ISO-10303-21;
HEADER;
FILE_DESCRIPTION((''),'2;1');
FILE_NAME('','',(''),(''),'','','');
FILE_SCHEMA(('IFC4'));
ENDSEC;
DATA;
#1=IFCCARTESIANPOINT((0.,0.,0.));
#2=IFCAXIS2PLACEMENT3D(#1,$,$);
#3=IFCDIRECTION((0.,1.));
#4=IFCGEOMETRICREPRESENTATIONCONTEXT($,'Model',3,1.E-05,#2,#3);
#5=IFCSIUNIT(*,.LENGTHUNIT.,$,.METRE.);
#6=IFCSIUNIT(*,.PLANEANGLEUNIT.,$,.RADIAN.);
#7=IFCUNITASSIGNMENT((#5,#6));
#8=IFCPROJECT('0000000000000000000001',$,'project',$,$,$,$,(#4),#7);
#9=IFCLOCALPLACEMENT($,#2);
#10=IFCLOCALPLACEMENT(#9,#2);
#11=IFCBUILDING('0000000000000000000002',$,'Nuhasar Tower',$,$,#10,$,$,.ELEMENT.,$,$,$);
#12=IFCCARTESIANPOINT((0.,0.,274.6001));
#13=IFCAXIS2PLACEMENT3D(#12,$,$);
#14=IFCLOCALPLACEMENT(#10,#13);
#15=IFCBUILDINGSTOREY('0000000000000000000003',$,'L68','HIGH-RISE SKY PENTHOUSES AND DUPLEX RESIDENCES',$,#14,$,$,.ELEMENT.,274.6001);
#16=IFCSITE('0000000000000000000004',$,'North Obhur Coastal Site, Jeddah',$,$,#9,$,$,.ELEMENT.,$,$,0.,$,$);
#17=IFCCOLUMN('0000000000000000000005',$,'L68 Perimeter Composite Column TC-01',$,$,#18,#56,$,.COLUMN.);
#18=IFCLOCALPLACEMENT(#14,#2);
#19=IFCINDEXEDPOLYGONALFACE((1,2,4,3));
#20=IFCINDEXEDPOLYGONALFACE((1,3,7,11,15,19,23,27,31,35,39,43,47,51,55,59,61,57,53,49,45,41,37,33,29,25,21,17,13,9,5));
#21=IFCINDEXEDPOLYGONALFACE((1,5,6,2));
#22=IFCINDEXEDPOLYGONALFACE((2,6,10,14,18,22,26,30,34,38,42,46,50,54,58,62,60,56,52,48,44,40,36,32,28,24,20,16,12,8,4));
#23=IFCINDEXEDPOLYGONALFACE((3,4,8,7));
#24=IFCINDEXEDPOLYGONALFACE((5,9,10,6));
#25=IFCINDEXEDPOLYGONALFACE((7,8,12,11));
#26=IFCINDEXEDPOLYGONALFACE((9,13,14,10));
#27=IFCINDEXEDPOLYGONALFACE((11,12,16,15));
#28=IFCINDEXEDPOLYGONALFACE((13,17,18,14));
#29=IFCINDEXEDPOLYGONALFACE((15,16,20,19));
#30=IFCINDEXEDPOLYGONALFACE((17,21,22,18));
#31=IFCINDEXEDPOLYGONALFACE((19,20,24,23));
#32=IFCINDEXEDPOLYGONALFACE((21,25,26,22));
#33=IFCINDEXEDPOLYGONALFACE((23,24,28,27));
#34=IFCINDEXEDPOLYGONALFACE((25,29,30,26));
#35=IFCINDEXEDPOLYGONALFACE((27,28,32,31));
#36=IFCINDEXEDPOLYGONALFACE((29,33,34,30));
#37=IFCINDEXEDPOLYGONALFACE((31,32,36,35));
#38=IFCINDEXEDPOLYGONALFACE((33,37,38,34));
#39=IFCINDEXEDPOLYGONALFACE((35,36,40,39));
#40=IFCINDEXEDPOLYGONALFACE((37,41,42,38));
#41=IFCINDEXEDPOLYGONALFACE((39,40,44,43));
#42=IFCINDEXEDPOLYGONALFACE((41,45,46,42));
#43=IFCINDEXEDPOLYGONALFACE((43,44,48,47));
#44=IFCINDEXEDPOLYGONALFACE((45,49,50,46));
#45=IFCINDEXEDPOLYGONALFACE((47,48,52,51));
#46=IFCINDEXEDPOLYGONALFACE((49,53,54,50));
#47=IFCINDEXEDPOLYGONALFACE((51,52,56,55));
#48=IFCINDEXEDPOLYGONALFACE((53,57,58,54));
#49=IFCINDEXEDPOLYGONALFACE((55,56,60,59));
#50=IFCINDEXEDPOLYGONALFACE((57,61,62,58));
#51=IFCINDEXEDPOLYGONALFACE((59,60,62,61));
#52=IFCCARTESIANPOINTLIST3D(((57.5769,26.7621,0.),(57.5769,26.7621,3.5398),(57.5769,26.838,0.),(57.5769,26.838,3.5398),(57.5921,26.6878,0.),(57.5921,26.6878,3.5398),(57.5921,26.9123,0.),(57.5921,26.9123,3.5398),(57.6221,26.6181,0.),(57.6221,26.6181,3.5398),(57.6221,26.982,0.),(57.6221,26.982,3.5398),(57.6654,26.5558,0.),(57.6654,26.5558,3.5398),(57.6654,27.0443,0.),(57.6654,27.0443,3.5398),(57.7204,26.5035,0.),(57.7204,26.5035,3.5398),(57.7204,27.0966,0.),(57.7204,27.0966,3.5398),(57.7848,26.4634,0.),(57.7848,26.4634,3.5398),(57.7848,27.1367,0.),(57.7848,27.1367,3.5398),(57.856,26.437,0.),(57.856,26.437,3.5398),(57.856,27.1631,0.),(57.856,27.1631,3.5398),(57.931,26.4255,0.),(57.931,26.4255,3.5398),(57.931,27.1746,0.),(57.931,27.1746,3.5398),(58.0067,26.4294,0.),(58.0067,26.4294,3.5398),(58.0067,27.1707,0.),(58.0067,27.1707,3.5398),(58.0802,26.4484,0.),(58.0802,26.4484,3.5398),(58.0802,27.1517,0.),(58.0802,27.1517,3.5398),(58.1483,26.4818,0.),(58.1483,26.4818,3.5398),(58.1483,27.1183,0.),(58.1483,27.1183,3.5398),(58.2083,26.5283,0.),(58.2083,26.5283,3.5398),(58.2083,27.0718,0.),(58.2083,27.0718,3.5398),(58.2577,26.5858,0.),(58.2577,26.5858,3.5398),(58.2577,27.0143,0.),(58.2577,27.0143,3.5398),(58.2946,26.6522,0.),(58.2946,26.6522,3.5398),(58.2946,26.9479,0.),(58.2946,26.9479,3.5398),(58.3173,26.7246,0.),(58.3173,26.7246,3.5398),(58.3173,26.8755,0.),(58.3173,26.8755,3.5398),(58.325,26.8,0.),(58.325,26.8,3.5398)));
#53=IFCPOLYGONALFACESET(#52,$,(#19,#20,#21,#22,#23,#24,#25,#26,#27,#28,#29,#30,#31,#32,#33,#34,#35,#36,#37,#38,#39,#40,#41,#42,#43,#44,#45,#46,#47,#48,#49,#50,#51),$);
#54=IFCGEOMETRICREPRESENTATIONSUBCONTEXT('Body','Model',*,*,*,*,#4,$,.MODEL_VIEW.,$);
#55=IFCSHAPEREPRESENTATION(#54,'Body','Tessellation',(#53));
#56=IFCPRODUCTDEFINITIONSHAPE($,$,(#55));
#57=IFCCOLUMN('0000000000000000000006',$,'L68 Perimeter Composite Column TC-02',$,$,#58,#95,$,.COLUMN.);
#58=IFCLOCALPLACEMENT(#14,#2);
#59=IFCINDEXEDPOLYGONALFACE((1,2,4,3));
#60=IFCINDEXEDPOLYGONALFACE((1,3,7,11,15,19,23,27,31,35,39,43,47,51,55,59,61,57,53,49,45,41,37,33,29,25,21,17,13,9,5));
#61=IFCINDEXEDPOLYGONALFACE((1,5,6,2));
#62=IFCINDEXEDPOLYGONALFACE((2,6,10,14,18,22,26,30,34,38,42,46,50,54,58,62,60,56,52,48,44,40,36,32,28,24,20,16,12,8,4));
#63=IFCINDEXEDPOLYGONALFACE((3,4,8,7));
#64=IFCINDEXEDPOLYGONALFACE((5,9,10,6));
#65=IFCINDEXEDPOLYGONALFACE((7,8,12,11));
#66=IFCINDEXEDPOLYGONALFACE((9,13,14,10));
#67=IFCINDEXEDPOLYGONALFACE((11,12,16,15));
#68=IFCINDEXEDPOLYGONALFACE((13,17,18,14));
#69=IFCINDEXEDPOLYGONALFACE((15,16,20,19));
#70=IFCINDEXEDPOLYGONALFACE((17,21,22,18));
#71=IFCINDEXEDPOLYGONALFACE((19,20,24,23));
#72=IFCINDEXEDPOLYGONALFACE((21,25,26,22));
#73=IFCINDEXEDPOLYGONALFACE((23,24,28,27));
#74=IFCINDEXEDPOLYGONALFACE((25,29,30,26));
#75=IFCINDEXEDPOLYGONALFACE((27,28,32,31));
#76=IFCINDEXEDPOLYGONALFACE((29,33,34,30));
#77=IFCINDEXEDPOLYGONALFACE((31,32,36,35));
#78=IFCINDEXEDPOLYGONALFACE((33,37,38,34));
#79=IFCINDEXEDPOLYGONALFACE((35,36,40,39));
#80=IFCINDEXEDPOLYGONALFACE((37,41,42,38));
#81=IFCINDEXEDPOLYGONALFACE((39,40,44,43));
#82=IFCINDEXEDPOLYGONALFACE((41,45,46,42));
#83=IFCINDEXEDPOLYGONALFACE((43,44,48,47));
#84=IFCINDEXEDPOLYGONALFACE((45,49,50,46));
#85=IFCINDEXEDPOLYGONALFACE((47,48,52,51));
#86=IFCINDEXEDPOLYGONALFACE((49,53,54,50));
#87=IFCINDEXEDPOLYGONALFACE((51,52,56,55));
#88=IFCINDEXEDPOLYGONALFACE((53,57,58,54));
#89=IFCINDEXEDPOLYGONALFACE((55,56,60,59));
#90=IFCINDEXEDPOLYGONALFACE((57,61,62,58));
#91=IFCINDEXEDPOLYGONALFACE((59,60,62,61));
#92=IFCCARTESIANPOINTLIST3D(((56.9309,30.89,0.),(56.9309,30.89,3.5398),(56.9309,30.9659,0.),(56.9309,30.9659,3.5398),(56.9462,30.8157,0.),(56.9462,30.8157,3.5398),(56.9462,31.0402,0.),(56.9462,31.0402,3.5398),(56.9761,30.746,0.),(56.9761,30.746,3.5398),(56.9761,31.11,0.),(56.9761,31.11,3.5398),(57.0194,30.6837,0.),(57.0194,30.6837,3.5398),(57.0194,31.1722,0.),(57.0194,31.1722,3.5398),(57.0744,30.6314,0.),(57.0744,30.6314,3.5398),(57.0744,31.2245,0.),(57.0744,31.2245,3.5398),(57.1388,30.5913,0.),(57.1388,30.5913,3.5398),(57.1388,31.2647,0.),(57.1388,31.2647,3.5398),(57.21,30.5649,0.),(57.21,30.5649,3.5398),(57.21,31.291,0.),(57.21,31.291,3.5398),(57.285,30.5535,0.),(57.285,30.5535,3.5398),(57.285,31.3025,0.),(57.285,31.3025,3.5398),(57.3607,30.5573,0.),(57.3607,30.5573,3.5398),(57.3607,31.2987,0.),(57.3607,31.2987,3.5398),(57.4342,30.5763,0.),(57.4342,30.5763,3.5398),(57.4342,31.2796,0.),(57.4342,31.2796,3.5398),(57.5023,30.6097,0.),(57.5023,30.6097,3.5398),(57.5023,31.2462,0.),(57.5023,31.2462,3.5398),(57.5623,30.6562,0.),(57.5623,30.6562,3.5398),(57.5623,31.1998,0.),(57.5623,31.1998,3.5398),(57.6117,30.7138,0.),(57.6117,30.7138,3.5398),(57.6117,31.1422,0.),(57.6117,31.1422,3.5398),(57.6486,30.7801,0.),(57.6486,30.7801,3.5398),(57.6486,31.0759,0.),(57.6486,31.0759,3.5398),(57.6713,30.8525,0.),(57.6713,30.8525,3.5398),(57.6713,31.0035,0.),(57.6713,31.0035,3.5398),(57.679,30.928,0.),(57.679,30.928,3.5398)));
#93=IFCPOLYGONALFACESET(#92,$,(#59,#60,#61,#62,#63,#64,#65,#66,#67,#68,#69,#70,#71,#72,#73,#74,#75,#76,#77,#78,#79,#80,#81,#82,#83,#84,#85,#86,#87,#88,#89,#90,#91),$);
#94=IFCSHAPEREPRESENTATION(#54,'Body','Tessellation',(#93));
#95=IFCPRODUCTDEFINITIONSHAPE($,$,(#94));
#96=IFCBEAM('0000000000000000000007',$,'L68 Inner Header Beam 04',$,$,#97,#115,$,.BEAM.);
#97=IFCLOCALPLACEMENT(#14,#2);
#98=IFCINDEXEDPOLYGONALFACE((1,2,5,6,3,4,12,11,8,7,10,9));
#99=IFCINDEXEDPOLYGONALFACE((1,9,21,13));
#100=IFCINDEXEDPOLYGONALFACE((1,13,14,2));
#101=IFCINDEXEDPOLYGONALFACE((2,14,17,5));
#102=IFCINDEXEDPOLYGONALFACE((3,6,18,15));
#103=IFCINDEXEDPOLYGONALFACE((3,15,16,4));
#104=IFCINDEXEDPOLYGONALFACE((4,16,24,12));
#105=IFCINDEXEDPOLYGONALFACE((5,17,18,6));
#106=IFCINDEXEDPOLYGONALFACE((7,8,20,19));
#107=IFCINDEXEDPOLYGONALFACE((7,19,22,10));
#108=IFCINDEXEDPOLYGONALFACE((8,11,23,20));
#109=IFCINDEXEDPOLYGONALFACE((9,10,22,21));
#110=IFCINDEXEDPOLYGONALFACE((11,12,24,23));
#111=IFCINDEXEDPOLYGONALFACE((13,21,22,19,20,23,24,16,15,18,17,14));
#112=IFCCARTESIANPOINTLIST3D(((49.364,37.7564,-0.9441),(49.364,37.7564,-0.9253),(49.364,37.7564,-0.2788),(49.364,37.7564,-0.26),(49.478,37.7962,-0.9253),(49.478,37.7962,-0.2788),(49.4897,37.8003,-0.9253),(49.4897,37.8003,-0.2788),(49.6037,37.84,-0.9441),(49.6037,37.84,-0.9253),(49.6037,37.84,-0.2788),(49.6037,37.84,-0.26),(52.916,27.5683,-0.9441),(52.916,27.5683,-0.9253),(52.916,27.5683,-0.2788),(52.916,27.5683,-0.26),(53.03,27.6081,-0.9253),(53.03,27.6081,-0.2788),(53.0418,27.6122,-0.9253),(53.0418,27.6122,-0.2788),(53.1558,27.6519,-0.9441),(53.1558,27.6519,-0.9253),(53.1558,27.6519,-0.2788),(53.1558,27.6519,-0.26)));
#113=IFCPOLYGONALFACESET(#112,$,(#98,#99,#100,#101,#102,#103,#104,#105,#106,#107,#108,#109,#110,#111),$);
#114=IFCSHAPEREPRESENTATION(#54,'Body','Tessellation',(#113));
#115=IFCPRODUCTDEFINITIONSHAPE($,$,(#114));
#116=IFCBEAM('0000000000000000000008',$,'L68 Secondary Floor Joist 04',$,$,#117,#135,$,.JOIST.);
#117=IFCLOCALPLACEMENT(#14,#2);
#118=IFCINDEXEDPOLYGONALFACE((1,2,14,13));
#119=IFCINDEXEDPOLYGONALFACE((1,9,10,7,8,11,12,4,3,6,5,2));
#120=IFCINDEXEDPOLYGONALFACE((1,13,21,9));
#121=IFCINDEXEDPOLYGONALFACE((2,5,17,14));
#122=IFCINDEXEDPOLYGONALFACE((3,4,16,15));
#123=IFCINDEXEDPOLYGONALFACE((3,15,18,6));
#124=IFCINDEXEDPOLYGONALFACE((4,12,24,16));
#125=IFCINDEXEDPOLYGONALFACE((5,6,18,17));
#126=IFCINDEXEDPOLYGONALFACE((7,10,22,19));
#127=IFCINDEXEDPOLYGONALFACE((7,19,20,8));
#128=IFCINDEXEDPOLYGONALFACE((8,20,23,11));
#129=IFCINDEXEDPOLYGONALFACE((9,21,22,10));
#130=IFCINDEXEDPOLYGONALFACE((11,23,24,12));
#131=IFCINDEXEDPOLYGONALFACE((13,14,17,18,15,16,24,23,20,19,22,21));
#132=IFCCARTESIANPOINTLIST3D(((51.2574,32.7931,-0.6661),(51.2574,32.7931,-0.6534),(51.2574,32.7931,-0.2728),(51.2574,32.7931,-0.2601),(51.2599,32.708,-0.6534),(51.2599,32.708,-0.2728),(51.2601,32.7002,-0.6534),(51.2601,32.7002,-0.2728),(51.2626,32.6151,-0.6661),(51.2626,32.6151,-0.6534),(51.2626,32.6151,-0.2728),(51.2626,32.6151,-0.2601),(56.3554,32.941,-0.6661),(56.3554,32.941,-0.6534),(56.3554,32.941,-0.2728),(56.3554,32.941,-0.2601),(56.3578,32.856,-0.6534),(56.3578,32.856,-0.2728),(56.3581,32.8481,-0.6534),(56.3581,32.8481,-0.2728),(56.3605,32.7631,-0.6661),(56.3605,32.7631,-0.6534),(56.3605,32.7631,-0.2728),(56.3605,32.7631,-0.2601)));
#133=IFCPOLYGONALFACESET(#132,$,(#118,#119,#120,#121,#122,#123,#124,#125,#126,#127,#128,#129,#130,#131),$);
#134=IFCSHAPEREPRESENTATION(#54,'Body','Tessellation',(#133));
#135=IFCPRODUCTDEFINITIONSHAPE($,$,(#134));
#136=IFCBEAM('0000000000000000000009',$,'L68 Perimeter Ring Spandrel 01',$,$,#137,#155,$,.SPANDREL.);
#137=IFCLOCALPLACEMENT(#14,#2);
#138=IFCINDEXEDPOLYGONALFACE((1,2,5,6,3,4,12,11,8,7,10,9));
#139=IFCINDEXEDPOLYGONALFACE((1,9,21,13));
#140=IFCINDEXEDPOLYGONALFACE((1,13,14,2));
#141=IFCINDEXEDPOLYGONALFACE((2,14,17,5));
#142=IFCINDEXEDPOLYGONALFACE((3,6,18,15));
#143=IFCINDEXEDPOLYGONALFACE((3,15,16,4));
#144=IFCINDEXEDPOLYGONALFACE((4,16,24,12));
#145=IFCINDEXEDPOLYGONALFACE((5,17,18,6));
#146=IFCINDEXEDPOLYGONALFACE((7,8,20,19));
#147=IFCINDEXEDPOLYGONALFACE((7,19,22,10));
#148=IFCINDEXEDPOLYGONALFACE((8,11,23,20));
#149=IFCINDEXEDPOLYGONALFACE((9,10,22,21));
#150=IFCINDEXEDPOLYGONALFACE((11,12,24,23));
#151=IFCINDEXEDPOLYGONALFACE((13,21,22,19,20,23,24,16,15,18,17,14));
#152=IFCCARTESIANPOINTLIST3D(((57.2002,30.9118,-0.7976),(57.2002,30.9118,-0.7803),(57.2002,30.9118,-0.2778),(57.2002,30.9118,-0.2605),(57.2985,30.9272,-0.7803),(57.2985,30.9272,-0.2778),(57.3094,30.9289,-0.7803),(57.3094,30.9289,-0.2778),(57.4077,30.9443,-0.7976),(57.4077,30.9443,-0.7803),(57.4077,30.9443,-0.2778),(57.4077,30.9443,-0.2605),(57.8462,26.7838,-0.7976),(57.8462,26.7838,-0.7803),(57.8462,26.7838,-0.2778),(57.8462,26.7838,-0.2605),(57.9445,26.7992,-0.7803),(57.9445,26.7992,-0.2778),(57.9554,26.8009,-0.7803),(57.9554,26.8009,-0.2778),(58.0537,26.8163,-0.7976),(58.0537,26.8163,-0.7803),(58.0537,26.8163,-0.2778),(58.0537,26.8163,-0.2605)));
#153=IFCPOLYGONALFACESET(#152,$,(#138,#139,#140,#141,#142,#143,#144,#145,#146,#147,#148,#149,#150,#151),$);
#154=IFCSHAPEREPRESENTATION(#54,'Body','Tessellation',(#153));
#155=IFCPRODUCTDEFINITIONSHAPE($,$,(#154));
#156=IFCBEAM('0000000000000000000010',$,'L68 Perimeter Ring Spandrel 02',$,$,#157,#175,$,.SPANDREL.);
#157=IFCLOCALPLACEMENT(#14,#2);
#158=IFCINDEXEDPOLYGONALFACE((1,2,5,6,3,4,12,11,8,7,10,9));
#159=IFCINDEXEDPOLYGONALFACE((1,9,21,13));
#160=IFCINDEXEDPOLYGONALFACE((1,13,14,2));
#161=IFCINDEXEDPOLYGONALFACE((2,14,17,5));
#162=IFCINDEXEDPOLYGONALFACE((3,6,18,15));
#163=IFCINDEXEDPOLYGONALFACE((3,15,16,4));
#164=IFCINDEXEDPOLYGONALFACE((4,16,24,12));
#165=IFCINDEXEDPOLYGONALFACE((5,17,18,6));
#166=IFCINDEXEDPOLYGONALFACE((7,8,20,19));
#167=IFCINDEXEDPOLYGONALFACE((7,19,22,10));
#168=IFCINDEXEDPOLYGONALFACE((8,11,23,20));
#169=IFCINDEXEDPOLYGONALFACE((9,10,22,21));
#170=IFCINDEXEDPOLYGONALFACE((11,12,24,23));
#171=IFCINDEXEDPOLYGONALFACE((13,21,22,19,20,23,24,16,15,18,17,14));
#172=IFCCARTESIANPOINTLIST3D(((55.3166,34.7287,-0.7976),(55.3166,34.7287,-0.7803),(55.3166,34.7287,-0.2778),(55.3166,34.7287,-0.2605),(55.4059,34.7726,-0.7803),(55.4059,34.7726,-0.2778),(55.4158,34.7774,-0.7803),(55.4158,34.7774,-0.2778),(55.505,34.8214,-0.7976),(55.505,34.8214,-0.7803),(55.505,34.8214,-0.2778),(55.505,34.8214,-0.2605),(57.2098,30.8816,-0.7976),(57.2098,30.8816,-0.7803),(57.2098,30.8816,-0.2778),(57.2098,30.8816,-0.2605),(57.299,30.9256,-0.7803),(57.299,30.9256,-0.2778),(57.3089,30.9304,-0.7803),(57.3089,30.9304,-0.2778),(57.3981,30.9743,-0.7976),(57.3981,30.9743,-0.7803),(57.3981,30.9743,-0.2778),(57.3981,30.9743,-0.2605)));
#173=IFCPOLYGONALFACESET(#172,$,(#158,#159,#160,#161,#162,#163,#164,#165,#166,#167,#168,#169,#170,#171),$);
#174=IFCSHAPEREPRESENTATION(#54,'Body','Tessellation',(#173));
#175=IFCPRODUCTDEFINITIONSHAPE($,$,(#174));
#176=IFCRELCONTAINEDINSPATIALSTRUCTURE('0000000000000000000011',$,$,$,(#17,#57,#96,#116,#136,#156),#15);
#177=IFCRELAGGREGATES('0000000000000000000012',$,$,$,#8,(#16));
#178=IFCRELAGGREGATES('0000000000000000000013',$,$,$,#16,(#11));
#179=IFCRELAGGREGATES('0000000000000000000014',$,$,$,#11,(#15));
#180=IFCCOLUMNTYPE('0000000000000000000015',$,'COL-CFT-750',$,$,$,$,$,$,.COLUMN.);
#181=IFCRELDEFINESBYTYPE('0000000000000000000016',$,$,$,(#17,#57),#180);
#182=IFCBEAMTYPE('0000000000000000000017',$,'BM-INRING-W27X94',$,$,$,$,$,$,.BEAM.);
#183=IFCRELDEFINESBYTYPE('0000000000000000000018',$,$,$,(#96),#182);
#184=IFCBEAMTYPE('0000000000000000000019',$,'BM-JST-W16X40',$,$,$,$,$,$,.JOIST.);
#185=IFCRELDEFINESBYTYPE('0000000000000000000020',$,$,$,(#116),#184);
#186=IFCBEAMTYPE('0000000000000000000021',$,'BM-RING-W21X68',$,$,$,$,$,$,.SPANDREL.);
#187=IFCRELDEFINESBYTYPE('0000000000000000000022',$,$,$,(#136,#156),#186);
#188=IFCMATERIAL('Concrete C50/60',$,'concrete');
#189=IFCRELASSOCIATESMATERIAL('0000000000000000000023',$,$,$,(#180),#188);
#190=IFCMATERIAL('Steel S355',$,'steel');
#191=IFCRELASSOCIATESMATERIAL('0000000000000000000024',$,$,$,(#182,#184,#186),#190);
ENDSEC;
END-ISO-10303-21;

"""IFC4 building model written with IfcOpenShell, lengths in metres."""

from ifc_helpers import new_model, si_unit, direction, frame, origin, origin_2d, place, context, subcontext, project, spatial, circle, i_section, extrude, material, material_profile, profile_set, type_object, element, save


model = new_model("IFC4")

# Units and contexts
model_context = context("Model", 3, precision=1e-05, world=origin(), true_north=direction((0.0, 1.0)))
body_context = subcontext(model_context, "Body", "Model", "MODEL_VIEW")
ifc_project = project(units=[si_unit("LENGTHUNIT", "METRE"), si_unit("PLANEANGLEUNIT", "RADIAN")], contexts=[model_context])

# Site, building, storey
site_placement = place(None, origin())
site = spatial("IfcSite", under=ifc_project, at=site_placement, Name="North Obhur Coastal Site, Jeddah", CompositionType="ELEMENT", RefElevation=0.0)
building_placement = place(site_placement, origin())
building = spatial("IfcBuilding", under=site, at=building_placement, Name="Nuhasar Tower", CompositionType="ELEMENT")
storey_placement = place(building_placement, frame((0.0, 0.0, 274.6001)))
storey = spatial("IfcBuildingStorey", under=building, at=storey_placement, Name="L68", Description="HIGH-RISE SKY PENTHOUSES AND DUPLEX RESIDENCES", CompositionType="ELEMENT", Elevation=274.6001)

# Columns
ifc_material_1 = material(Name="Concrete C50/60", Category="concrete")
ifc_material_profile_1 = material_profile(ifc_material_1, circle(Radius=0.375, at=origin_2d()), Name="CFT750")
ifc_profile_set_1 = profile_set([ifc_material_profile_1], Name="Concrete C50/60")
column_type = type_object("IfcColumnType", Name="COL-CFT-750", PredefinedType="COLUMN", material=ifc_profile_set_1)
for number, where, z_axis, x_axis, name in (
    (1, (57.95, 26.8, 0.0), (0.0, 0.0, 1.0), (1.0, 0.0, 0.0), "L68 Perimeter Composite Column TC-01"),
    (2, (57.304, 30.928, 0.0), (0.0, 0.0, 1.0), (1.0, 0.0, 0.0), "L68 Perimeter Composite Column TC-02"),
):
    element("IfcColumn", number, at=place(storey_placement, frame(where, z_axis=z_axis, x_axis=x_axis)), inside=storey, type_object=column_type, Name=name, PredefinedType="COLUMN", context=body_context, shape_type="SweptSolid", body=[
        extrude(circle(Radius=0.375, at=origin_2d()), origin(), (0.0, 0.0, 1.0), 3.5398),
    ])

# Beams
ifc_material_2 = material(Name="Steel S355", Category="steel")
ifc_material_profile_2 = material_profile(ifc_material_2, i_section(OverallWidth=0.2539, OverallDepth=0.6841, WebThickness=0.0125, FlangeThickness=0.0188, at=origin_2d()), Name="W27X94")
ifc_profile_set_2 = profile_set([ifc_material_profile_2], Name="Steel S355")
beam_type_1 = type_object("IfcBeamType", Name="BM-INRING-W27X94", PredefinedType="BEAM", material=ifc_profile_set_2)
beam_1_placement = place(storey_placement, frame((53.0359, 27.6101, -0.6021), z_axis=(-0.329211, 0.944256, 0.0), x_axis=(-0.944256, -0.329211, 0.0)))
element("IfcBeam", 3, at=beam_1_placement, inside=storey, type_object=beam_type_1, Name="L68 Inner Header Beam 04", PredefinedType="BEAM", context=body_context, shape_type="SweptSolid", body=[
    extrude(i_section(OverallWidth=0.2539, OverallDepth=0.6841, WebThickness=0.0125, FlangeThickness=0.0188, at=origin_2d()), origin(), (0.0, 0.0, 1.0), 10.7896),
])
ifc_material_profile_3 = material_profile(ifc_material_2, i_section(OverallWidth=0.178, OverallDepth=0.406, WebThickness=0.0078, FlangeThickness=0.0127, at=origin_2d()), Name="W16X40")
ifc_profile_set_3 = profile_set([ifc_material_profile_3], Name="Steel S355")
beam_type_2 = type_object("IfcBeamType", Name="BM-JST-W16X40", PredefinedType="JOIST", material=ifc_profile_set_3)
beam_2_placement = place(storey_placement, frame((51.26, 32.7041, -0.4631), z_axis=(0.999579, 0.029009, 0.0), x_axis=(-0.029009, 0.999579, 0.0)))
element("IfcBeam", 4, at=beam_2_placement, inside=storey, type_object=beam_type_2, Name="L68 Secondary Floor Joist 04", PredefinedType="JOIST", context=body_context, shape_type="SweptSolid", body=[
    extrude(i_section(OverallWidth=0.178, OverallDepth=0.406, WebThickness=0.0078, FlangeThickness=0.0127, at=origin_2d()), origin(), (0.0, 0.0, 1.0), 5.1001),
])
ifc_material_profile_4 = material_profile(ifc_material_2, i_section(OverallWidth=0.21, OverallDepth=0.5371, WebThickness=0.011, FlangeThickness=0.0173, at=origin_2d()), Name="W21X68")
ifc_profile_set_4 = profile_set([ifc_material_profile_4], Name="Steel S355")
beam_type_3 = type_object("IfcBeamType", Name="BM-RING-W21X68", PredefinedType="SPANDREL", material=ifc_profile_set_4)
beam_3_placement = place(storey_placement, frame((57.95, 26.8, -0.5291), z_axis=(-0.154612, 0.987975, 0.0), x_axis=(-0.987975, -0.154612, 0.0)))
element("IfcBeam", 5, at=beam_3_placement, inside=storey, type_object=beam_type_3, Name="L68 Perimeter Ring Spandrel 01", PredefinedType="SPANDREL", context=body_context, shape_type="SweptSolid", body=[
    extrude(i_section(OverallWidth=0.21, OverallDepth=0.5371, WebThickness=0.011, FlangeThickness=0.0173, at=origin_2d()), origin(), (0.0, 0.0, 1.0), 4.1782),
])
beam_4_placement = place(storey_placement, frame((57.304, 30.928, -0.5291), z_axis=(-0.441533, 0.897245, 0.0), x_axis=(-0.897245, -0.441533, 0.0)))
element("IfcBeam", 6, at=beam_4_placement, inside=storey, type_object=beam_type_3, Name="L68 Perimeter Ring Spandrel 02", PredefinedType="SPANDREL", context=body_context, shape_type="SweptSolid", body=[
    extrude(i_section(OverallWidth=0.21, OverallDepth=0.5371, WebThickness=0.011, FlangeThickness=0.0173, at=origin_2d()), origin(), (0.0, 0.0, 1.0), 4.2876),
])

save(model, "model.ifc")
